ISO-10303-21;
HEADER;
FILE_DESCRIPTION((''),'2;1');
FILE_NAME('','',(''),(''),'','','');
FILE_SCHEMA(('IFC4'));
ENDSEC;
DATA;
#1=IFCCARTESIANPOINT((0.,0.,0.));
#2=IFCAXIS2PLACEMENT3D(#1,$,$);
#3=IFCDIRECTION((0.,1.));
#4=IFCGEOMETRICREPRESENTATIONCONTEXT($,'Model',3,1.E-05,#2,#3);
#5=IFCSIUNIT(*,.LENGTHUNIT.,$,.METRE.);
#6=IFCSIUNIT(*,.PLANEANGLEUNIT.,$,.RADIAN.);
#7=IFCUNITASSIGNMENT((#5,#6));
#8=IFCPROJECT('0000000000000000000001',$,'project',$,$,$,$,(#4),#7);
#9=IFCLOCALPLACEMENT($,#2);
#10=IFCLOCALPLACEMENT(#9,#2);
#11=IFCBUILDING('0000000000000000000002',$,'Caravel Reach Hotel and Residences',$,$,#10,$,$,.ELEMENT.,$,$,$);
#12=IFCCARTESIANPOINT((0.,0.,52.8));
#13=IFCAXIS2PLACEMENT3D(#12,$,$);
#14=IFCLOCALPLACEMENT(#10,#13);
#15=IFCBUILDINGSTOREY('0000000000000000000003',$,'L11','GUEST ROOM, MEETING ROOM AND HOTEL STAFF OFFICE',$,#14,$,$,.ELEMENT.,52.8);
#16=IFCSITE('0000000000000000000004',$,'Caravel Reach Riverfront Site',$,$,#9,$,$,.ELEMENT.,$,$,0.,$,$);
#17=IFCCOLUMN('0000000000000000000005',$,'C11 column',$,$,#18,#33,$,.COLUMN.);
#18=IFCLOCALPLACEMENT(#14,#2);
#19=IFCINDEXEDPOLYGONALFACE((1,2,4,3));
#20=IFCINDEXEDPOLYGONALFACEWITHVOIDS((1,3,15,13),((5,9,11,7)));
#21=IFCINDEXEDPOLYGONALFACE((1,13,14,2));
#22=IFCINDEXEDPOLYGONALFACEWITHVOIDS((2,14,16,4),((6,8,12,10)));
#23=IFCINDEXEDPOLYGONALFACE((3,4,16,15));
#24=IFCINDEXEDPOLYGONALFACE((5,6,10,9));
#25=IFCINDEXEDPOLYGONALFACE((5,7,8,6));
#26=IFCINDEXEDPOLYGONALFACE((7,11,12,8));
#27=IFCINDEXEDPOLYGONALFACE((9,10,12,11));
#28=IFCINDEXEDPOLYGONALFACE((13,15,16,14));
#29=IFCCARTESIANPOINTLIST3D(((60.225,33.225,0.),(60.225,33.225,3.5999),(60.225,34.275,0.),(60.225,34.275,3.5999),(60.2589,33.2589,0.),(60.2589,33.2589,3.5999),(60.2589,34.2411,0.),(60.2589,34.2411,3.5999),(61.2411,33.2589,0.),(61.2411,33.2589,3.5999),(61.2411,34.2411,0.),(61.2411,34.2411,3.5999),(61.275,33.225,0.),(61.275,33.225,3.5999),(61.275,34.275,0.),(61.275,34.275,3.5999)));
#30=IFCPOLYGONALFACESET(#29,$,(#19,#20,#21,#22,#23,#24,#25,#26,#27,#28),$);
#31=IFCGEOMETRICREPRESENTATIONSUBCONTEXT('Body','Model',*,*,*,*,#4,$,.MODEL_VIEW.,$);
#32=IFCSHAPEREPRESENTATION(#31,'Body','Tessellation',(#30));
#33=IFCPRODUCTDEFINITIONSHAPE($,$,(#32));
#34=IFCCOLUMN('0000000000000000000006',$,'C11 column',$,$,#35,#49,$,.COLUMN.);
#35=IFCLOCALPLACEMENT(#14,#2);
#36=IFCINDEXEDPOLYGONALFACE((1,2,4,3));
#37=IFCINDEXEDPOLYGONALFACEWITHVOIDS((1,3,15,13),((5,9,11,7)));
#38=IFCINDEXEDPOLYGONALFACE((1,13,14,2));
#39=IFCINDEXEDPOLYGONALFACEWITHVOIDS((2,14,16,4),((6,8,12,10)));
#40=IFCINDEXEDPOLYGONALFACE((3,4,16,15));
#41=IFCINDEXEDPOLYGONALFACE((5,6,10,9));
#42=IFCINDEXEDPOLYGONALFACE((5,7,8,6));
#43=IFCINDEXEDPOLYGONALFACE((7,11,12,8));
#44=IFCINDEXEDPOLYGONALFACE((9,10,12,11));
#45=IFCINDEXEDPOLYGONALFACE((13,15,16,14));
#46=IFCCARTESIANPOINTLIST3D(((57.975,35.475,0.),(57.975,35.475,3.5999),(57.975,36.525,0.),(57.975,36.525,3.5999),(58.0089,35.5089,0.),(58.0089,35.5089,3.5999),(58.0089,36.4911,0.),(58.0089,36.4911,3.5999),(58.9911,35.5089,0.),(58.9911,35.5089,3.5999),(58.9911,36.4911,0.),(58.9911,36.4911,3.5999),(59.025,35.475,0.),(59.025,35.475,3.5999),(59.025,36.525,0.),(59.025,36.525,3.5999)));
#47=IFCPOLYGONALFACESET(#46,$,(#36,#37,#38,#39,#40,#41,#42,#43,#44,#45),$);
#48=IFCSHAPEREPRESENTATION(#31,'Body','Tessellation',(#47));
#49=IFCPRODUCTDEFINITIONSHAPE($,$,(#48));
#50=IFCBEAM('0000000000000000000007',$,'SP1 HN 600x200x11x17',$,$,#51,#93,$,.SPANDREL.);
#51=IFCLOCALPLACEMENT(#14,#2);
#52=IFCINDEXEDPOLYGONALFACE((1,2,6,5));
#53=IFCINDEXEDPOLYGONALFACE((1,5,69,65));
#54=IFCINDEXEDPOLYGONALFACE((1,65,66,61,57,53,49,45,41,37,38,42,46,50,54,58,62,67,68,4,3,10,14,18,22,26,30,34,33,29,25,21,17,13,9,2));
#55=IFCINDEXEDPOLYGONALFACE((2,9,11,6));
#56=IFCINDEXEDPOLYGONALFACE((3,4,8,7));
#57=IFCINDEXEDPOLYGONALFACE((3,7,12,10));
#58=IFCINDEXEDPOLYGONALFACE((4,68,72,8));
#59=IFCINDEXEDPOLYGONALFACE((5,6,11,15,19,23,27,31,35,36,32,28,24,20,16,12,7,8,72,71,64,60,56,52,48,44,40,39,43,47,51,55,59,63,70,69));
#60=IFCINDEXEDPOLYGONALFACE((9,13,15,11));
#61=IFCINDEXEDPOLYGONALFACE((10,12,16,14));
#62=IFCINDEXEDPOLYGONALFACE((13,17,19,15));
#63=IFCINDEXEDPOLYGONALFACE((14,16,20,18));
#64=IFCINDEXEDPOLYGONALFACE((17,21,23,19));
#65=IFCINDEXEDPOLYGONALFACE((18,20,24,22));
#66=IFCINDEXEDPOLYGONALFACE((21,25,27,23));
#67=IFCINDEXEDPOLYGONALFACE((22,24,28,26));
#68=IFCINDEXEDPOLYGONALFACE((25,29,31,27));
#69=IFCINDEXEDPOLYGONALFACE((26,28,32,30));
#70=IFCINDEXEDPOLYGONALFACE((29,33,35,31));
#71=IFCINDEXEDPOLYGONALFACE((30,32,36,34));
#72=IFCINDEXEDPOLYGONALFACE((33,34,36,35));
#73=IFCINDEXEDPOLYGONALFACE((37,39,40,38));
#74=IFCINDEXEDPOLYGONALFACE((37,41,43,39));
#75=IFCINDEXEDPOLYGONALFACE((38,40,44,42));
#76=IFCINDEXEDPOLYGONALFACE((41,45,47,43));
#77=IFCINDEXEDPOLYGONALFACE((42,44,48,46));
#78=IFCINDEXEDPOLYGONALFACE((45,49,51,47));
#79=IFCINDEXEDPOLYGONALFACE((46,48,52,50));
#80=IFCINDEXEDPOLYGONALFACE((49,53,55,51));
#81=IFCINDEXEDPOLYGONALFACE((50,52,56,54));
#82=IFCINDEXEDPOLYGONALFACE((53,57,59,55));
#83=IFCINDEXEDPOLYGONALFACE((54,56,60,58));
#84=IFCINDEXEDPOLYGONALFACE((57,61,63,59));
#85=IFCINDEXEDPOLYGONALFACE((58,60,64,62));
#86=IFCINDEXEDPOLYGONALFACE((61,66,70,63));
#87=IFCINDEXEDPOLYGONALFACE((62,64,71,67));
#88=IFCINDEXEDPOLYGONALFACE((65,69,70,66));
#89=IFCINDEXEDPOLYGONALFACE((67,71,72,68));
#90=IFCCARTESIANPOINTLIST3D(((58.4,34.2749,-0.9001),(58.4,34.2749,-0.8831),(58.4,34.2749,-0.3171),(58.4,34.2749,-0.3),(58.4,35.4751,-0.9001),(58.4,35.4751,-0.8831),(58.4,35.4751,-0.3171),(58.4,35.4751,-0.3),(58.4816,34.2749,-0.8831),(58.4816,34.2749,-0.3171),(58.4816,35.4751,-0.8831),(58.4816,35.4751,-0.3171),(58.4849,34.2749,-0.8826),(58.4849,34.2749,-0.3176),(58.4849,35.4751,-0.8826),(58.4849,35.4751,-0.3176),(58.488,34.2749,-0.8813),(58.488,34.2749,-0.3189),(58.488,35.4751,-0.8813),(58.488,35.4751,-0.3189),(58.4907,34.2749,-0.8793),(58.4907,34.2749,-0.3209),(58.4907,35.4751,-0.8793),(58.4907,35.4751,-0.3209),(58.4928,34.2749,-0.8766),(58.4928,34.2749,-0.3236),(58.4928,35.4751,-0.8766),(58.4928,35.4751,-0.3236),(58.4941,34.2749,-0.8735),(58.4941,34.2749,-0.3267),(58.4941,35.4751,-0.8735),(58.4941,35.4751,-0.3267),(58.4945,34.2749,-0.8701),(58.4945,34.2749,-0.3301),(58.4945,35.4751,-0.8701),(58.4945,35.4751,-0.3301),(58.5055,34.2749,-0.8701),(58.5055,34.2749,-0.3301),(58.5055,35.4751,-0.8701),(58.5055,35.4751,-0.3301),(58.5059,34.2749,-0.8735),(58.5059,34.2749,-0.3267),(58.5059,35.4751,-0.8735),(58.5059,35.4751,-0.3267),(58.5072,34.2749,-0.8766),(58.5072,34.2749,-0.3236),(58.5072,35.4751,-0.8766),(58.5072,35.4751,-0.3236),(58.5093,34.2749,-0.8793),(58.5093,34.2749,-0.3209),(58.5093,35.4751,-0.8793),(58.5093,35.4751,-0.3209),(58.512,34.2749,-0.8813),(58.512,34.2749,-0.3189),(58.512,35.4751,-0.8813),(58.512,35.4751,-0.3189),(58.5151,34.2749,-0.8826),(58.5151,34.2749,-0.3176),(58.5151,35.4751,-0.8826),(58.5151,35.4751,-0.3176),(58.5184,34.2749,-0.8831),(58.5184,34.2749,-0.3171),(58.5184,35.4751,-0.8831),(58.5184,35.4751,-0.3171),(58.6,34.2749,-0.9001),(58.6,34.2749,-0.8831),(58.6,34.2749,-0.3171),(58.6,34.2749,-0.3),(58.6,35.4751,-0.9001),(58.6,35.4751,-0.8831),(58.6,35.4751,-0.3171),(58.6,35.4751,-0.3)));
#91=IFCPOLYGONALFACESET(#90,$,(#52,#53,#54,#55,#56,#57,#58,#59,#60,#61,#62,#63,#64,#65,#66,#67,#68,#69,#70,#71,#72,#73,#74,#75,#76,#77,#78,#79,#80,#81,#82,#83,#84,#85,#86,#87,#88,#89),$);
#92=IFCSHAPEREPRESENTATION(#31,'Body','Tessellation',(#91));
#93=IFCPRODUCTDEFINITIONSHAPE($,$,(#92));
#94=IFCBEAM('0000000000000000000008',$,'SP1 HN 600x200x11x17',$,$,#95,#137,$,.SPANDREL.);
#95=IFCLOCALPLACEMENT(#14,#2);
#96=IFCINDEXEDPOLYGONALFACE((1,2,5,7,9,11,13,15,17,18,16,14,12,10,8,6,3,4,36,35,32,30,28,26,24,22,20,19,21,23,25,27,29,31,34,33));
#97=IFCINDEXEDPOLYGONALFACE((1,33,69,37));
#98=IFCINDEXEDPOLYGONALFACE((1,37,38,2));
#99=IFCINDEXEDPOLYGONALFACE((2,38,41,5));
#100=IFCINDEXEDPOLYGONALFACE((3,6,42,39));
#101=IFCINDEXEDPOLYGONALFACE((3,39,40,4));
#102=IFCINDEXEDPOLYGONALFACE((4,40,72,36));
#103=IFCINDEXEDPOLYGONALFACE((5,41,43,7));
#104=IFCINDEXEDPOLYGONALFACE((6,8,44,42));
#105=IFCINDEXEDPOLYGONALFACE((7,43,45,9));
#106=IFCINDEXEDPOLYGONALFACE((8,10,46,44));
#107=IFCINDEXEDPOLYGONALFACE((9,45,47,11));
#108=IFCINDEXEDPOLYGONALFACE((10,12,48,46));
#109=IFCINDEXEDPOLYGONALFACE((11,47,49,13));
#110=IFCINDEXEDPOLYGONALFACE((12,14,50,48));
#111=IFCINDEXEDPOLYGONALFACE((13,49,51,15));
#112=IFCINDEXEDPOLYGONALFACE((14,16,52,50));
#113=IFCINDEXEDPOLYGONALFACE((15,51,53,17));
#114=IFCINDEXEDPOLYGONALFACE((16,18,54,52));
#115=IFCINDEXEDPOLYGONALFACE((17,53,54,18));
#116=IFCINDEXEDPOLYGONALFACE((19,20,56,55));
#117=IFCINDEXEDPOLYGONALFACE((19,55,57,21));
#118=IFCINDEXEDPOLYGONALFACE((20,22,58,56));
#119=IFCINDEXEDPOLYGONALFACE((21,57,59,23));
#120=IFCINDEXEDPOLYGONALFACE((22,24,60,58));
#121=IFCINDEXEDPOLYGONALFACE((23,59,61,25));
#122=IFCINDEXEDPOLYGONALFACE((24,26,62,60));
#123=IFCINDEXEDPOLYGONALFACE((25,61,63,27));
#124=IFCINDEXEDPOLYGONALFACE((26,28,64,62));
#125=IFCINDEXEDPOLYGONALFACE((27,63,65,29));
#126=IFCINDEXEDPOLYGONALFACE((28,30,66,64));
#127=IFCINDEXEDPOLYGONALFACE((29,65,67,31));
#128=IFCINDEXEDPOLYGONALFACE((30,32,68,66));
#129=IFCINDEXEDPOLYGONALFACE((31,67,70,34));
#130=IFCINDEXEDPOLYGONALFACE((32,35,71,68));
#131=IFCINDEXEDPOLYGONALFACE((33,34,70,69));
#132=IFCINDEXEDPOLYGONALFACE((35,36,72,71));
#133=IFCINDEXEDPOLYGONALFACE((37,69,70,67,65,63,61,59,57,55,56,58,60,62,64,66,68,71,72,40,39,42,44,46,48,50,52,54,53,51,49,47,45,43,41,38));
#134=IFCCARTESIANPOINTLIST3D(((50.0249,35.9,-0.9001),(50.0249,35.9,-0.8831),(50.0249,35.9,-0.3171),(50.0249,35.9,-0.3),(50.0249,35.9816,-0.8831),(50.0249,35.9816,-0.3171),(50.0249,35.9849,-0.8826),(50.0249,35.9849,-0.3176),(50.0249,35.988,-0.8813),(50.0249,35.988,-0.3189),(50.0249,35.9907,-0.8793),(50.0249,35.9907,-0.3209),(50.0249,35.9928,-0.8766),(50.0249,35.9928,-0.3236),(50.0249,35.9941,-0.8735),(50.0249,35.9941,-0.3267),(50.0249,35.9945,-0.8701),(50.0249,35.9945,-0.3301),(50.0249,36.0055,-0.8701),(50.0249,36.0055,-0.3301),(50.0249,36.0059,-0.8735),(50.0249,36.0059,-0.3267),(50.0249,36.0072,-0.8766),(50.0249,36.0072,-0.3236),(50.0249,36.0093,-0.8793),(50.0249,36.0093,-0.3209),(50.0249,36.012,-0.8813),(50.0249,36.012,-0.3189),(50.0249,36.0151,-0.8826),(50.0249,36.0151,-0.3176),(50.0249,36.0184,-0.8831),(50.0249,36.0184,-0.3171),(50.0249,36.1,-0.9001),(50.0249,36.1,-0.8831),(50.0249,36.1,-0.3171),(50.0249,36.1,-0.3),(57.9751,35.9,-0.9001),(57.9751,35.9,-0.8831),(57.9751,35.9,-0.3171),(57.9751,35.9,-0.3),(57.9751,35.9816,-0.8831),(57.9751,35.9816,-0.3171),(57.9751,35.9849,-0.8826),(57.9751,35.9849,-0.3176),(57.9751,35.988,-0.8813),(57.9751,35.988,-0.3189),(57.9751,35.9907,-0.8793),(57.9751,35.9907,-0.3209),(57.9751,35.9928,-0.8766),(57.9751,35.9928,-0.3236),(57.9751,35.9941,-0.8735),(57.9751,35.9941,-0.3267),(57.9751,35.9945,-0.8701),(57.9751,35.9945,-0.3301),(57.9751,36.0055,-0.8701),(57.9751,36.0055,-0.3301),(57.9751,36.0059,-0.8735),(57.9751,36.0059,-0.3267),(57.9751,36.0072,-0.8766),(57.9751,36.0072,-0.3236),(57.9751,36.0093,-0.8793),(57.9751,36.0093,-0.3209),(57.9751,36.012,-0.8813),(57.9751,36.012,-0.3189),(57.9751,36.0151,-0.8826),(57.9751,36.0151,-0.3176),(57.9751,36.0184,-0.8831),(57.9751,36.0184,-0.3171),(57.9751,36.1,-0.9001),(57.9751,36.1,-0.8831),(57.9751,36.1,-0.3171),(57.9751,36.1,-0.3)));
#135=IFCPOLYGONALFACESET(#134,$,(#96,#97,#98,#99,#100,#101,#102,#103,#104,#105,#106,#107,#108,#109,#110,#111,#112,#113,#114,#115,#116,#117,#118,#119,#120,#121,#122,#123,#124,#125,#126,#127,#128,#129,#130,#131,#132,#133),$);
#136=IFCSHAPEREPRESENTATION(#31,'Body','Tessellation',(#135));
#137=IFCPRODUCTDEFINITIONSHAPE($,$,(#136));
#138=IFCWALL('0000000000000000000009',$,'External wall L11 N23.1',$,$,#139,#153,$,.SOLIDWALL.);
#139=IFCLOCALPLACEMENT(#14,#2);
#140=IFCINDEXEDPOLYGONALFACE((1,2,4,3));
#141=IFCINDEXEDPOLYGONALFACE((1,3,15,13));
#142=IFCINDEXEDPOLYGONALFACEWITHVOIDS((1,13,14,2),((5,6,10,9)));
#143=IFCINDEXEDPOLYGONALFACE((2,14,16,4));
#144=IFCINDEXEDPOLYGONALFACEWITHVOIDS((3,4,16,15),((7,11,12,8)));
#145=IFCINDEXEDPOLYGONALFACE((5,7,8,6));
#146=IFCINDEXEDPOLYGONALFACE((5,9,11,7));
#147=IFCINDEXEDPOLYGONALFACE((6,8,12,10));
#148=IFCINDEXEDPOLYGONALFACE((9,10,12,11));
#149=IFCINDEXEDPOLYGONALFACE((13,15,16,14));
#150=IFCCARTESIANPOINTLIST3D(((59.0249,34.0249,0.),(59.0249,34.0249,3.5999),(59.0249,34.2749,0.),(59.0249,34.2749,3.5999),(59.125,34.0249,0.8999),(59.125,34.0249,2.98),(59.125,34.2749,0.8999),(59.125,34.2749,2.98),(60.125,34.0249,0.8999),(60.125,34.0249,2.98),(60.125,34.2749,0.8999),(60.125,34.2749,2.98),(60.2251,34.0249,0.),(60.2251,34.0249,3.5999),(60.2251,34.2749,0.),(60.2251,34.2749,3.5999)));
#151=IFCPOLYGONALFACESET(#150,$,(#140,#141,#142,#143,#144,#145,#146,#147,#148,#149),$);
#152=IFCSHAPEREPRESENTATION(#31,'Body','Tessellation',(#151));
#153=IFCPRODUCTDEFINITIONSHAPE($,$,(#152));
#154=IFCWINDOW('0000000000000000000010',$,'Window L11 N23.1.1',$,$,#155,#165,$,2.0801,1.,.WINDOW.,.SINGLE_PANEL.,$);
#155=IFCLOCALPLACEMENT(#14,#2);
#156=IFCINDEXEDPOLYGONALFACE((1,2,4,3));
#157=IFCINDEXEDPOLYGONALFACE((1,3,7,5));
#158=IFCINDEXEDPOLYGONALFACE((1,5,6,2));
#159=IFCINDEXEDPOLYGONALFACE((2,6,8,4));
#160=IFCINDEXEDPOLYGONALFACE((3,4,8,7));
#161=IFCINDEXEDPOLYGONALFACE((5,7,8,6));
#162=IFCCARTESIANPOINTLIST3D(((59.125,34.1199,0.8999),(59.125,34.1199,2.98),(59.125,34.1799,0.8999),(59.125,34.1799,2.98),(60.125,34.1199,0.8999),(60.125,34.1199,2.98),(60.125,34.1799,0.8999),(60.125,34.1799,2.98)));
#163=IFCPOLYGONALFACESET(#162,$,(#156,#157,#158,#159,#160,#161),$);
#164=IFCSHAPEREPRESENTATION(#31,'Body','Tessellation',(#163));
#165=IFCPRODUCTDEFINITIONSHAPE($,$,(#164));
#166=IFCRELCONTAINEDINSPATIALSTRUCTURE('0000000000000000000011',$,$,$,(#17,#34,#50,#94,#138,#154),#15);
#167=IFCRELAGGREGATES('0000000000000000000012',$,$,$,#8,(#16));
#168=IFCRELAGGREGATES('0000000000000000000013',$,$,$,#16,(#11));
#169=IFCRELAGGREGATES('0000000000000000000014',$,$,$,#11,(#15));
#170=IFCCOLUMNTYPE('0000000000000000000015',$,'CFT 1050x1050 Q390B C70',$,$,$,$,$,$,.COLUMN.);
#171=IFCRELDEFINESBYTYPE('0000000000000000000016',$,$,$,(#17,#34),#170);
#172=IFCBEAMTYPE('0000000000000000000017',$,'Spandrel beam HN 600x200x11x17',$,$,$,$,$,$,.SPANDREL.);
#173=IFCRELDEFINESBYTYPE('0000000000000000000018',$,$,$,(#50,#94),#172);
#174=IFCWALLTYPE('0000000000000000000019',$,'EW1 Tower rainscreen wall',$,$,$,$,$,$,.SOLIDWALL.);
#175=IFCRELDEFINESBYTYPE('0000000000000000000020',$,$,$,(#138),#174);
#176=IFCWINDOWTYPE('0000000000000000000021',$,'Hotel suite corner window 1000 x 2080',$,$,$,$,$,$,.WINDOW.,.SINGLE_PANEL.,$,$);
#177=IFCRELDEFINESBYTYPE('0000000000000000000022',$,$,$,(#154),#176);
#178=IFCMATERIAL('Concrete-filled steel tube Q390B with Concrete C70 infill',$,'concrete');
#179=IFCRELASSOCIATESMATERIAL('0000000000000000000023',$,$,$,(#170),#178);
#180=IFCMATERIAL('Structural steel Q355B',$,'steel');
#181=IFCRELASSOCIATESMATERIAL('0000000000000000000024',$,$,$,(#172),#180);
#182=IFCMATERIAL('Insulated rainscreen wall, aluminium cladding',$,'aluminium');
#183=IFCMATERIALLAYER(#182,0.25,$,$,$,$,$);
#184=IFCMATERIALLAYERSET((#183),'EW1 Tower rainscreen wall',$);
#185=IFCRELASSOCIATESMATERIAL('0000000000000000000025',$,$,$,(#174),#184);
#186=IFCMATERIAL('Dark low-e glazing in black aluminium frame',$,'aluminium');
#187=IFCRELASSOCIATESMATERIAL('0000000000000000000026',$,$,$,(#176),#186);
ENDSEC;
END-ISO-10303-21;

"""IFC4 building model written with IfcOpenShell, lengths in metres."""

from ifc_helpers import new_model, si_unit, direction, frame, frame_2d, origin, origin_2d, place, context, subcontext, project, spatial, rectangle, hollow_rectangle, i_section, extrude, material, layer, layer_set, material_profile, profile_set, type_object, element, fill, save


model = new_model("IFC4")

# Units and contexts
model_context = context("Model", 3, precision=1e-05, world=origin(), true_north=direction((0.0, 1.0)))
body_context = subcontext(model_context, "Body", "Model", "MODEL_VIEW")
ifc_project = project(units=[si_unit("LENGTHUNIT", "METRE"), si_unit("PLANEANGLEUNIT", "RADIAN")], contexts=[model_context])

# Site, building, storey
site_placement = place(None, origin())
site = spatial("IfcSite", under=ifc_project, at=site_placement, Name="Caravel Reach Riverfront Site", CompositionType="ELEMENT", RefElevation=0.0)
building_placement = place(site_placement, origin())
building = spatial("IfcBuilding", under=site, at=building_placement, Name="Caravel Reach Hotel and Residences", CompositionType="ELEMENT")
storey_placement = place(building_placement, frame((0.0, 0.0, 52.8)))
storey = spatial("IfcBuildingStorey", under=building, at=storey_placement, Name="L11", Description="GUEST ROOM, MEETING ROOM AND HOTEL STAFF OFFICE", CompositionType="ELEMENT", Elevation=52.8)

# Columns
ifc_material_1 = material(Name="Concrete-filled steel tube Q390B with Concrete C70 infill", Category="concrete")
ifc_material_profile_1 = material_profile(ifc_material_1, hollow_rectangle(XDim=1.05, YDim=1.05, WallThickness=0.0339, at=origin_2d()), Name="RHS 1050x1050x34")
ifc_profile_set_1 = profile_set([ifc_material_profile_1], Name="Concrete-filled steel tube Q390B with Concrete C70 infill")
column_type = type_object("IfcColumnType", Name="CFT 1050x1050 Q390B C70", PredefinedType="COLUMN", material=ifc_profile_set_1)
for number, where, z_axis, x_axis, name in (
    (1, (60.75, 33.75, 0.0), (0.0, 0.0, 1.0), (1.0, 0.0, 0.0), "C11 column"),
    (2, (58.5, 36.0, 0.0), (0.0, 0.0, 1.0), (1.0, 0.0, 0.0), "C11 column"),
):
    element("IfcColumn", number, at=place(storey_placement, frame(where, z_axis=z_axis, x_axis=x_axis)), inside=storey, type_object=column_type, Name=name, PredefinedType="COLUMN", context=body_context, shape_type="SweptSolid", body=[
        extrude(hollow_rectangle(XDim=1.05, YDim=1.05, WallThickness=0.0339, at=origin_2d()), origin(), (0.0, 0.0, 1.0), 3.5999),
    ])

# Beams
ifc_material_2 = material(Name="Structural steel Q355B", Category="steel")
ifc_material_profile_2 = material_profile(ifc_material_2, i_section(OverallWidth=0.2, OverallDepth=0.6001, WebThickness=0.011, FlangeThickness=0.0171, FilletRadius=0.0129, at=origin_2d()), Name="HN 600x200x11x17")
ifc_profile_set_2 = profile_set([ifc_material_profile_2], Name="Structural steel Q355B")
beam_type = type_object("IfcBeamType", Name="Spandrel beam HN 600x200x11x17", PredefinedType="SPANDREL", material=ifc_profile_set_2)
beam_1_placement = place(storey_placement, frame((58.5, 34.2749, -0.6001), z_axis=(0.0, 1.0, 0.0), x_axis=(-1.0, 0.0, 0.0)))
element("IfcBeam", 3, at=beam_1_placement, inside=storey, type_object=beam_type, Name="SP1 HN 600x200x11x17", PredefinedType="SPANDREL", context=body_context, shape_type="SweptSolid", body=[
    extrude(i_section(OverallWidth=0.2, OverallDepth=0.6001, WebThickness=0.011, FlangeThickness=0.0171, FilletRadius=0.0129, at=origin_2d()), origin(), (0.0, 0.0, 1.0), 1.2002),
])
beam_2_placement = place(storey_placement, frame((57.9751, 36.0, -0.6001), z_axis=(-1.0, 0.0, 0.0), x_axis=(0.0, -1.0, 0.0)))
element("IfcBeam", 4, at=beam_2_placement, inside=storey, type_object=beam_type, Name="SP1 HN 600x200x11x17", PredefinedType="SPANDREL", context=body_context, shape_type="SweptSolid", body=[
    extrude(i_section(OverallWidth=0.2, OverallDepth=0.6001, WebThickness=0.011, FlangeThickness=0.0171, FilletRadius=0.0129, at=origin_2d()), origin(), (0.0, 0.0, 1.0), 7.9502),
])

# Wall, opening, window
ifc_material_3 = material(Name="Insulated rainscreen wall, aluminium cladding", Category="aluminium")
ifc_layer = layer(ifc_material_3, 0.25)
ifc_layer_set = layer_set([ifc_layer], Name="EW1 Tower rainscreen wall")
wall_type = type_object("IfcWallType", Name="EW1 Tower rainscreen wall", PredefinedType="SOLIDWALL", material=ifc_layer_set)
wall_1_placement = place(storey_placement, frame((60.2251, 34.1499, 0.0), z_axis=(0.0, 0.0, 1.0), x_axis=(-1.0, 0.0, 0.0)))
wall_1 = element("IfcWall", 5, at=wall_1_placement, inside=storey, type_object=wall_type, Name="External wall L11 N23.1", PredefinedType="SOLIDWALL", context=body_context, shape_type="SweptSolid", body=[
    extrude(rectangle(XDim=1.2002, YDim=0.25, at=frame_2d((0.6001, 0.0))), origin(), (0.0, 0.0, 1.0), 3.5999),
])
opening_1_placement = place(wall_1_placement, frame((0.1001, 0.0, 0.8999)))
opening_1 = element("IfcOpeningElement", 6, at=opening_1_placement, cuts=wall_1, PredefinedType="OPENING", context=body_context, shape_type="SweptSolid", body=[
    extrude(rectangle(XDim=1.0, YDim=2.0801, at=frame_2d((0.5, 1.04))), frame((0.0, 0.135, 0.0), z_axis=(0.0, -1.0, 0.0), x_axis=(1.0, 0.0, 0.0)), (0.0, 0.0, 1.0), 0.27),
])
ifc_material_4 = material(Name="Dark low-e glazing in black aluminium frame", Category="aluminium")
window_type_1 = type_object("IfcWindowType", Name="Hotel suite corner window 1000 x 2080", PartitioningType="SINGLE_PANEL", PredefinedType="WINDOW", material=ifc_material_4)
window_1_placement = place(opening_1_placement, origin())
window_1 = element("IfcWindow", 7, at=window_1_placement, inside=storey, type_object=window_type_1, Name="Window L11 N23.1.1", OverallHeight=2.0801, OverallWidth=1.0, PartitioningType="SINGLE_PANEL", PredefinedType="WINDOW", context=body_context, shape_type="SweptSolid", body=[
    extrude(rectangle(XDim=1.0, YDim=2.0801, at=frame_2d((0.5, 1.04))), frame((0.0, 0.03, 0.0), z_axis=(0.0, -1.0, 0.0), x_axis=(1.0, 0.0, 0.0)), (0.0, 0.0, 1.0), 0.0601),
])
fill(opening_1, window_1)

save(model, "model.ifc")
